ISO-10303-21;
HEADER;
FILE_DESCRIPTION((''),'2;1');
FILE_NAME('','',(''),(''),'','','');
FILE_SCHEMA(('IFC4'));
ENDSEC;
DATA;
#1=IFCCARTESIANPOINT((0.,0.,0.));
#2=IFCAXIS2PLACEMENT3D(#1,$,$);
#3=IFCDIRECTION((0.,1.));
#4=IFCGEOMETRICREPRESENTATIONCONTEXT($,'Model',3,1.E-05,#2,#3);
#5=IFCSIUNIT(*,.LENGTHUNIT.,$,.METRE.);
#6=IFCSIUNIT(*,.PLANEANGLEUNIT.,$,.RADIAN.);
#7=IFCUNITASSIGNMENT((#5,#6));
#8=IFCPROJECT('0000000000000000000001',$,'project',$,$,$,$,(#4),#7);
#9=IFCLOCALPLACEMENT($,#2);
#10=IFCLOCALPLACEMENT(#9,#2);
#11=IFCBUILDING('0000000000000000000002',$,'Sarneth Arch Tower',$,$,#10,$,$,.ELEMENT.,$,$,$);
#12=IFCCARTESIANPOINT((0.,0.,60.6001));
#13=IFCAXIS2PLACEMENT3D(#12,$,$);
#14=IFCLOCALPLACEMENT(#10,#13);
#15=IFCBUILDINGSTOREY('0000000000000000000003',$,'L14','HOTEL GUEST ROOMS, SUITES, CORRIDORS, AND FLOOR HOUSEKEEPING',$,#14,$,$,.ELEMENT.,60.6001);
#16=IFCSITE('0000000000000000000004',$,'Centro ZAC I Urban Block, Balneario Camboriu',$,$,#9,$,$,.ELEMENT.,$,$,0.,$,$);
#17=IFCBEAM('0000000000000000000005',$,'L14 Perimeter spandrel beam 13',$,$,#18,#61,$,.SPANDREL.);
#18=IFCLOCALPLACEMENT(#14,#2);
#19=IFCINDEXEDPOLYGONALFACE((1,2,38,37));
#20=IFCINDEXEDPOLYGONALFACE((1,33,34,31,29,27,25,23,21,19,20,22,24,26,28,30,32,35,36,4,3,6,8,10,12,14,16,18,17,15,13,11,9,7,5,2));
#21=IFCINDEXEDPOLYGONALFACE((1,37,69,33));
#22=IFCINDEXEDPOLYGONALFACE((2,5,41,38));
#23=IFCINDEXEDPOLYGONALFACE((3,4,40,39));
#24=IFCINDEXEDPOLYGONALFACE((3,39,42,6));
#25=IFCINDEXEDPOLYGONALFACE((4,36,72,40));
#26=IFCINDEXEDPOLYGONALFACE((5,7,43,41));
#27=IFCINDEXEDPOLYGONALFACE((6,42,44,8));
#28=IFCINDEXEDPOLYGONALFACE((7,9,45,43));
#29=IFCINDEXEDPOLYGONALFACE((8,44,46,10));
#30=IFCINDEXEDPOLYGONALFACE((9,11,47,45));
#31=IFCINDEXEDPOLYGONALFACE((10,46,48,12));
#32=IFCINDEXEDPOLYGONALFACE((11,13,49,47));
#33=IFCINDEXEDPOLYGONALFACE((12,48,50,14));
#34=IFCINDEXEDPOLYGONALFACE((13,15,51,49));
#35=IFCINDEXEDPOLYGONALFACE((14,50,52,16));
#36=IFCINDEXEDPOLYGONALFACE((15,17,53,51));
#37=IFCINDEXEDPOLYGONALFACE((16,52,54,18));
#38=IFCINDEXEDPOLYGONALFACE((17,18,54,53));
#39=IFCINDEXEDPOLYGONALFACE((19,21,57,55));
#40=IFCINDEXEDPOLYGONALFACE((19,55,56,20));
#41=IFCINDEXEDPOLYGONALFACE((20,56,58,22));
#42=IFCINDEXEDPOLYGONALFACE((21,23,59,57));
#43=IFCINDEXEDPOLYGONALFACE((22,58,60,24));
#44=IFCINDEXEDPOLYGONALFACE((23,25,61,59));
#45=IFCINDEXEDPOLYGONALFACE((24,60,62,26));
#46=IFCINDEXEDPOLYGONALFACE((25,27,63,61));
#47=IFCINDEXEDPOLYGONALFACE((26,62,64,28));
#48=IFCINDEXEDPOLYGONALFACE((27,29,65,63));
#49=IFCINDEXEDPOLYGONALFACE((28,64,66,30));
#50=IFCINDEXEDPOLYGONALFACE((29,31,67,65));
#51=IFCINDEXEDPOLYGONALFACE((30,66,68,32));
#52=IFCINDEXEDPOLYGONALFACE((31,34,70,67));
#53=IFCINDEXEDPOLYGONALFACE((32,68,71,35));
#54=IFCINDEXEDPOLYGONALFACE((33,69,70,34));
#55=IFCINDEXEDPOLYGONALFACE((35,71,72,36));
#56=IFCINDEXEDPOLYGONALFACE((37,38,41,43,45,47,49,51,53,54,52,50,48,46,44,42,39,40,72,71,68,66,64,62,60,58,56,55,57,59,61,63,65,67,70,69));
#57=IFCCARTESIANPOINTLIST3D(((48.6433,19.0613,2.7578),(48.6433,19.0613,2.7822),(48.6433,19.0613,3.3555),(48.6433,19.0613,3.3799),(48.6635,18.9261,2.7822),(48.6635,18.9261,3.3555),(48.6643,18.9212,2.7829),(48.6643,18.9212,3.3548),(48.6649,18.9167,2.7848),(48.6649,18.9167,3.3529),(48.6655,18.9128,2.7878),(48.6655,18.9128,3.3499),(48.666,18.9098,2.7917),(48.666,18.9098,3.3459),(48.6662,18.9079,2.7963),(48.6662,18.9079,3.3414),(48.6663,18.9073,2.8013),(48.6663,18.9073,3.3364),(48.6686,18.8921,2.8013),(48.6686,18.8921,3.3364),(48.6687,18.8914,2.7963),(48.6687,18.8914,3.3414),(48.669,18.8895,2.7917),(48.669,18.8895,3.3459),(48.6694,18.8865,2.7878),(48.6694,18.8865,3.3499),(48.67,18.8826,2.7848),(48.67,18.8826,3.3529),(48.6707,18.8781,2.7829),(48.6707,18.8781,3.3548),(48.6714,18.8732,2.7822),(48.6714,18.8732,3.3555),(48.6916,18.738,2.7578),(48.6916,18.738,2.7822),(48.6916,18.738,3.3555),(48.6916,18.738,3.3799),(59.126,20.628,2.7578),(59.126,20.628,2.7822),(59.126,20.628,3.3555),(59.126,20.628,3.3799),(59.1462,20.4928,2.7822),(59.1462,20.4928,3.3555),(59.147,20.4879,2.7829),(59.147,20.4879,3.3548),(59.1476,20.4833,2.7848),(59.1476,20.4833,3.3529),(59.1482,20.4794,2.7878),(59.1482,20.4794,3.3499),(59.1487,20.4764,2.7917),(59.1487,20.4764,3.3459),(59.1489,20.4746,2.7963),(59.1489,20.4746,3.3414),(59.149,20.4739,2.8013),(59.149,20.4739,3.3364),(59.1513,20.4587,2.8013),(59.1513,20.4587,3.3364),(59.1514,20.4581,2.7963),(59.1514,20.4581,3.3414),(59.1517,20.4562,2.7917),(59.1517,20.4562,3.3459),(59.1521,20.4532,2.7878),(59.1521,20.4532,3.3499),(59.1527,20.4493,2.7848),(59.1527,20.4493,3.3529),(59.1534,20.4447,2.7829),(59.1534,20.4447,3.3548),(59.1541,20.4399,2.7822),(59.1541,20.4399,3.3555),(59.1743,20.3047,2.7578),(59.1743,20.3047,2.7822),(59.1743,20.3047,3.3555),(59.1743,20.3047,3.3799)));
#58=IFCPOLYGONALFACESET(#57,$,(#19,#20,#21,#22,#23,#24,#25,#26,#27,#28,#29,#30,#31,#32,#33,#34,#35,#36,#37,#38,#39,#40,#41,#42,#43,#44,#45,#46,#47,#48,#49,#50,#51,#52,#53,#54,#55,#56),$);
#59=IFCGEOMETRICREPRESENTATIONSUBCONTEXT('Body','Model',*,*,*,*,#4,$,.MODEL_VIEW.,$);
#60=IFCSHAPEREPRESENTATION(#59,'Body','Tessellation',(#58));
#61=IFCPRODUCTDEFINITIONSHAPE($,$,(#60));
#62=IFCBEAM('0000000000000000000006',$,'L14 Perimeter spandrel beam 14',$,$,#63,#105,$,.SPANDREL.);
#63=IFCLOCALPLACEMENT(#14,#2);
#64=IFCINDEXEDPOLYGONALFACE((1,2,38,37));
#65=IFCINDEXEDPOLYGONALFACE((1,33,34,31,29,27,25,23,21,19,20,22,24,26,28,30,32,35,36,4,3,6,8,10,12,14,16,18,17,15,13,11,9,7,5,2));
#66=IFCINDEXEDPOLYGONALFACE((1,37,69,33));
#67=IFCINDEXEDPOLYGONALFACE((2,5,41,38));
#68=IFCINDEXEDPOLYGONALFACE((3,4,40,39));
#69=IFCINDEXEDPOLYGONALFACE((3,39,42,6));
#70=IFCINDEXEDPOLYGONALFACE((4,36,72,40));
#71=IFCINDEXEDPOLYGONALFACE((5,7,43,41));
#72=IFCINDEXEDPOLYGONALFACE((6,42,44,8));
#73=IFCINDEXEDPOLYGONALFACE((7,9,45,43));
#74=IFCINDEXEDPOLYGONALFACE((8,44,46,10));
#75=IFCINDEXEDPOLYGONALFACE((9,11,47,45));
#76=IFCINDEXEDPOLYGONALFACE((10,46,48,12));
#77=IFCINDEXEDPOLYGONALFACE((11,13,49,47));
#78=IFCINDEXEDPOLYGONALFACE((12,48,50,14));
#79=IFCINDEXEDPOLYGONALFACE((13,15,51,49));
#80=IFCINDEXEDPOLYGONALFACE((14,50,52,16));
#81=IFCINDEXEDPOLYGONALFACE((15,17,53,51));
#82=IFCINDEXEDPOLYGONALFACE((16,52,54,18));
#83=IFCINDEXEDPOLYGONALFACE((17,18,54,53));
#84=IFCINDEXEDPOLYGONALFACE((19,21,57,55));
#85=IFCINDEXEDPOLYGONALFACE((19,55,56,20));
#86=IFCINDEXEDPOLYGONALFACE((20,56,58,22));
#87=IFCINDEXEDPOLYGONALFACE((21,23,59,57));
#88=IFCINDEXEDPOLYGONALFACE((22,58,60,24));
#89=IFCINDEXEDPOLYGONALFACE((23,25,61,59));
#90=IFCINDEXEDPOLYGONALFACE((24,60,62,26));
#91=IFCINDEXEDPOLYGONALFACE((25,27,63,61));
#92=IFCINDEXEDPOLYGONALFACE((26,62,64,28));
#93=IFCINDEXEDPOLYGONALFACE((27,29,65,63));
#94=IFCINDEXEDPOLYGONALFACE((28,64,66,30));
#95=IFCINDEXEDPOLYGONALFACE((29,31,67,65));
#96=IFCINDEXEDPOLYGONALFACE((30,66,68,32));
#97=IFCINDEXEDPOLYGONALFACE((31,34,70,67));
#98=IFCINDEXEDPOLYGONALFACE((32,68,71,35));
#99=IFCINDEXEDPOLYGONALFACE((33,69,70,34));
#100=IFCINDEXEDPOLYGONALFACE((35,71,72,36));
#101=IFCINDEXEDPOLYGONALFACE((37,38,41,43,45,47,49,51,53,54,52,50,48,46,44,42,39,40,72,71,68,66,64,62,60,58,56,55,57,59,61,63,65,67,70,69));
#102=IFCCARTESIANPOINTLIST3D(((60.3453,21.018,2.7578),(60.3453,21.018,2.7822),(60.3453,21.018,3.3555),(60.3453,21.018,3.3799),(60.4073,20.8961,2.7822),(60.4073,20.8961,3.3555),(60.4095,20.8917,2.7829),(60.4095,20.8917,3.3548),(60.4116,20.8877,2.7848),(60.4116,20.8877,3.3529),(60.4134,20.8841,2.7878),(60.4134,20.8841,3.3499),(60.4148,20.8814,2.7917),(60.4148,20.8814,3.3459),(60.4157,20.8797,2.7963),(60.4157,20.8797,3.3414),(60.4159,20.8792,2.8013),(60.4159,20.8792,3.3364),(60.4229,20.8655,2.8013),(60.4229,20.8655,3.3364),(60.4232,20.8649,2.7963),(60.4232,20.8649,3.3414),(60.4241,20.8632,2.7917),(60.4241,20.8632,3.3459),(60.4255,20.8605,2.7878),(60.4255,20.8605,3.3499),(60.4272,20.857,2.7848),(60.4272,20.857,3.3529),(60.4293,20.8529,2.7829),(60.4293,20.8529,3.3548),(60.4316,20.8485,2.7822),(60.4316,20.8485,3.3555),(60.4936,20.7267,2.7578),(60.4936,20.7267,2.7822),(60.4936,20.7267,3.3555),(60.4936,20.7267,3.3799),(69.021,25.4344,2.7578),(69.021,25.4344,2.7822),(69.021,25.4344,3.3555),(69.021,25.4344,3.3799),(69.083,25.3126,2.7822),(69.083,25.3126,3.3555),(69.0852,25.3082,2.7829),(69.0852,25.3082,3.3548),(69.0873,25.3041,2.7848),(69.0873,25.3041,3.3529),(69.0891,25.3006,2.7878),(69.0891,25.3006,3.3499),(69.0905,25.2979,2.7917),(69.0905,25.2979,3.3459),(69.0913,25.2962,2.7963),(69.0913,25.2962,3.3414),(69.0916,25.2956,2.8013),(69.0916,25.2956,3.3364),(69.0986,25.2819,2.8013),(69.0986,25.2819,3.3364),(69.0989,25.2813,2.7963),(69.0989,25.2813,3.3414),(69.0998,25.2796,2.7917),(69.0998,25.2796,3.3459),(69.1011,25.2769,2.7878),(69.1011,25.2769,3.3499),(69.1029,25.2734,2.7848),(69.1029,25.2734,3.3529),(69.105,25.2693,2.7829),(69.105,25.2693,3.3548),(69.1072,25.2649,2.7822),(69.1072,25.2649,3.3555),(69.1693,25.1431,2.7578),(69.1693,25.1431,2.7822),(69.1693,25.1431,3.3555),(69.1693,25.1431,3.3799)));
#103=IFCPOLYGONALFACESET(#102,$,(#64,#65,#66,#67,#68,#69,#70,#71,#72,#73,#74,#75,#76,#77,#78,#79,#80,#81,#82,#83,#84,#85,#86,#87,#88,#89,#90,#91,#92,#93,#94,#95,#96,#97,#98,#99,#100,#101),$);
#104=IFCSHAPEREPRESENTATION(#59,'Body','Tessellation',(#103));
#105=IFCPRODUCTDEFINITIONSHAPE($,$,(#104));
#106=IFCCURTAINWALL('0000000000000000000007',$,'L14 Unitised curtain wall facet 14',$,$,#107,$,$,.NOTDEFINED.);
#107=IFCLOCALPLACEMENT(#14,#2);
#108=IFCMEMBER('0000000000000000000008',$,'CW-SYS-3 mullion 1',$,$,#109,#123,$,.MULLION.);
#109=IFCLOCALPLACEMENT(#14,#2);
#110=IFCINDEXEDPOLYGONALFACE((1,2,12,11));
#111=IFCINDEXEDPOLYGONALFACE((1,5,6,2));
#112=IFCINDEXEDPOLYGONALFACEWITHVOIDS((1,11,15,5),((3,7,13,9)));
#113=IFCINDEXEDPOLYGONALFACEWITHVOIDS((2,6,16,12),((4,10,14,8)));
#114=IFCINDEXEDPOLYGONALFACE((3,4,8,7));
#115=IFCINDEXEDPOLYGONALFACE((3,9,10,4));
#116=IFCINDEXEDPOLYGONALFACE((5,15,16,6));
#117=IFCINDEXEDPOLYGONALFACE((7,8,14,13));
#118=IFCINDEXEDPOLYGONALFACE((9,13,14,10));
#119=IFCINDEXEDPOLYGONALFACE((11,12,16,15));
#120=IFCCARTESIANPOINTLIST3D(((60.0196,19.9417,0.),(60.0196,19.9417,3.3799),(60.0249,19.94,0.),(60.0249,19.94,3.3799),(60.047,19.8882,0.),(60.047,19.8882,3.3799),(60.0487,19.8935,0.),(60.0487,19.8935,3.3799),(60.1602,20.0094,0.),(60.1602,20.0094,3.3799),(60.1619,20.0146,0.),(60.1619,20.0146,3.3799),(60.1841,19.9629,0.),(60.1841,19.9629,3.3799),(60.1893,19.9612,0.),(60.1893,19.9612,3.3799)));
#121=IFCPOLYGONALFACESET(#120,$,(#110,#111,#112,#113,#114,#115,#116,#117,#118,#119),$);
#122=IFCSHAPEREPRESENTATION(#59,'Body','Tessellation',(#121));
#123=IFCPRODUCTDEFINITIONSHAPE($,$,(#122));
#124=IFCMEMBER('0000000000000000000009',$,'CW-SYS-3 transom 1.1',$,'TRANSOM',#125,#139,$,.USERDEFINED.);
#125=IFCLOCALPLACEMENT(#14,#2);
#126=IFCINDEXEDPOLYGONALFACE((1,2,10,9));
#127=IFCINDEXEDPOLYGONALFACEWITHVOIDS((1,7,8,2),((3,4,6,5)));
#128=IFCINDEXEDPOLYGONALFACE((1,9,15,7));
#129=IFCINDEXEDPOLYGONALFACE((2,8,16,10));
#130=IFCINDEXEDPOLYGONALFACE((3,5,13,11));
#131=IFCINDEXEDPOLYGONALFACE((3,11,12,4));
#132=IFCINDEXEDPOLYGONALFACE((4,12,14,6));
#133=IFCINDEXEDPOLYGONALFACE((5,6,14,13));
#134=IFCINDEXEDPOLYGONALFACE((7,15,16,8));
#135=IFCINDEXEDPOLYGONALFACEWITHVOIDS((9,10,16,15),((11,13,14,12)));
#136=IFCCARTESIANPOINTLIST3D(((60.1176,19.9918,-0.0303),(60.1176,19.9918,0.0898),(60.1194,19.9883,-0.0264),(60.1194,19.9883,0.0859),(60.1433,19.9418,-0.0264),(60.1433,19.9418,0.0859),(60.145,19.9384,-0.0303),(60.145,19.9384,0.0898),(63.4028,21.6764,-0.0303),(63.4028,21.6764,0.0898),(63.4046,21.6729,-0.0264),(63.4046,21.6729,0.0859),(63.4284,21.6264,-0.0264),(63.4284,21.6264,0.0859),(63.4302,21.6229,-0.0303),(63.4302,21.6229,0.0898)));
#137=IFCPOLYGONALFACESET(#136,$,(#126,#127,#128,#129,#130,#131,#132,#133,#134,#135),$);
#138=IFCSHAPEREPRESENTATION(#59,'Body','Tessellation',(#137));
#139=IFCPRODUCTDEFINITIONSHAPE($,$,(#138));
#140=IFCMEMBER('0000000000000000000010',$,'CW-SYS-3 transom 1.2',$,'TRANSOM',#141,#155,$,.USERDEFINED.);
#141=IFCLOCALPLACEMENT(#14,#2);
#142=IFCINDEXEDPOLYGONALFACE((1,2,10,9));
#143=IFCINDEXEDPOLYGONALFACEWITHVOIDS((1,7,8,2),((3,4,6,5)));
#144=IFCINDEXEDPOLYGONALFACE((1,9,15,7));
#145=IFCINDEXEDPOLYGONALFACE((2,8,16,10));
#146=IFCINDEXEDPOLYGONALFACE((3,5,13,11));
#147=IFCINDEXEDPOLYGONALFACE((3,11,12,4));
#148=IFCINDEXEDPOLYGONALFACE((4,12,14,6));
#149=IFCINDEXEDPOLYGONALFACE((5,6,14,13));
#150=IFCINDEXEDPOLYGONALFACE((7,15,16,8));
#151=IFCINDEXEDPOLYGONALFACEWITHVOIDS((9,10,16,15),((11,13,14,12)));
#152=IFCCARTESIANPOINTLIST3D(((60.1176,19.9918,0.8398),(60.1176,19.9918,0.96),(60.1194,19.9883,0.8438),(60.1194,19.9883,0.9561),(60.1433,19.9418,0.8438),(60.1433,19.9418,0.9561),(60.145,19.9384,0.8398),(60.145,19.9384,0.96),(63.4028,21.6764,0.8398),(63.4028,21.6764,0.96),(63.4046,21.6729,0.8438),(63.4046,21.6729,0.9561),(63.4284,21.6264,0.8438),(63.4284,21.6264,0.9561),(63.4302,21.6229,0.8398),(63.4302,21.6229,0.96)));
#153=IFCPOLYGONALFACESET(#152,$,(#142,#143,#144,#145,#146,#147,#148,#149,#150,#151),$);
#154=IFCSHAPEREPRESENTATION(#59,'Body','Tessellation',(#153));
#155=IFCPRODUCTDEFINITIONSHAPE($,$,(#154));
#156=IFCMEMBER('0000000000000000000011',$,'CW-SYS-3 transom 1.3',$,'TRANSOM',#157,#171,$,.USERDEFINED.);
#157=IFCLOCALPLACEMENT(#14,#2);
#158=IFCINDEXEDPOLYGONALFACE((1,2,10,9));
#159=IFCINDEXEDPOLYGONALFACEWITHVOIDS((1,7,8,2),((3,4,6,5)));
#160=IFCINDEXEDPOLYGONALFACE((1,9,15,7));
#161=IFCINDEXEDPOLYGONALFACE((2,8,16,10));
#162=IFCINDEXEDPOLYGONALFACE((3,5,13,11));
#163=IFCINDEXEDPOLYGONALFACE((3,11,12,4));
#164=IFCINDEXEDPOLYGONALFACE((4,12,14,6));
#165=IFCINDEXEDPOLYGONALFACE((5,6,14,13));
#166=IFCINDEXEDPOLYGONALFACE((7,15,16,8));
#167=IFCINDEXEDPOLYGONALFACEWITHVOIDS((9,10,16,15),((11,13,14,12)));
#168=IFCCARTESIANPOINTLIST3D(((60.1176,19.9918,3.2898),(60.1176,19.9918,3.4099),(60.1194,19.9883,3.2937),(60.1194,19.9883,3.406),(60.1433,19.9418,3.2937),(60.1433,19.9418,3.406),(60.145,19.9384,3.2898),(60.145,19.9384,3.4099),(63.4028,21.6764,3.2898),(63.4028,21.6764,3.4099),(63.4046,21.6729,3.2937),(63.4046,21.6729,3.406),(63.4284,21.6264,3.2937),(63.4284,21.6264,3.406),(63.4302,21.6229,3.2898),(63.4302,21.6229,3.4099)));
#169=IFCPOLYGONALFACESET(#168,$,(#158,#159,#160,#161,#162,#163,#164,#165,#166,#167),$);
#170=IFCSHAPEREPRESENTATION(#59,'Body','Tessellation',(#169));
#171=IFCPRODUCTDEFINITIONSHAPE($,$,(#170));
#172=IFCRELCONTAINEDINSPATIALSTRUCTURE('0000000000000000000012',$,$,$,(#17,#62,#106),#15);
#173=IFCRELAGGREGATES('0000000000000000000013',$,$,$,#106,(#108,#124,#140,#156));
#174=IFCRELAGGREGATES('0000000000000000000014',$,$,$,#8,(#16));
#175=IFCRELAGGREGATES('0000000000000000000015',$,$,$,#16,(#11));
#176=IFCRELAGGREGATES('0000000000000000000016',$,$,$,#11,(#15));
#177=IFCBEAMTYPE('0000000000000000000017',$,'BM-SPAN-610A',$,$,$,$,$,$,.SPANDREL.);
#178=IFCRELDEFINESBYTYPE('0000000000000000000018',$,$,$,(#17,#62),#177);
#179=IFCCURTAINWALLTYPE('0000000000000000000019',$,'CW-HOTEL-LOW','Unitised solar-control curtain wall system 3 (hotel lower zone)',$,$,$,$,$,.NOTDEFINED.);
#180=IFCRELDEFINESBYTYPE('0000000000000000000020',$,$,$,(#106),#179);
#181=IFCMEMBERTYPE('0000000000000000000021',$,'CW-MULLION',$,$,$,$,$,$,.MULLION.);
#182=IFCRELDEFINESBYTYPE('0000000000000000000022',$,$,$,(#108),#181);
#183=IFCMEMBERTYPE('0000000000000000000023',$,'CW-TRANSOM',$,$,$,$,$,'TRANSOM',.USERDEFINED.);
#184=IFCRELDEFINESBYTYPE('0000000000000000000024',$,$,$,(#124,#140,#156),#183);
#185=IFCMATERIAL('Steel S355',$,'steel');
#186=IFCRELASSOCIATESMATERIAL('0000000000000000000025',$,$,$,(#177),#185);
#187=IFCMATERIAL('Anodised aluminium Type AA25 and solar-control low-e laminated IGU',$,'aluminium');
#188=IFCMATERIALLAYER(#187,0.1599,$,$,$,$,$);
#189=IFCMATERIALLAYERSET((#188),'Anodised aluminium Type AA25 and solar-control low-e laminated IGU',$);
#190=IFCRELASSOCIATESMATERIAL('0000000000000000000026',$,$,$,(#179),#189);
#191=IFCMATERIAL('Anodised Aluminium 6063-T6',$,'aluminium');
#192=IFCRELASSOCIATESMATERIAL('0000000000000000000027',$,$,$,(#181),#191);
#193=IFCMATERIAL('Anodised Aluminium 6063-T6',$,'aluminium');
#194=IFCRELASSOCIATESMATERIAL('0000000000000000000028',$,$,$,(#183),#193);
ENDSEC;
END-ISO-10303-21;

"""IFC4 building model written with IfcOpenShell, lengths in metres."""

from ifc_helpers import new_model, si_unit, direction, frame, origin, origin_2d, place, context, subcontext, project, spatial, hollow_rectangle, i_section, extrude, material, layer, layer_set, material_profile, profile_set, type_object, element, aggregate, save


model = new_model("IFC4")

# Units and contexts
model_context = context("Model", 3, precision=1e-05, world=origin(), true_north=direction((0.0, 1.0)))
body_context = subcontext(model_context, "Body", "Model", "MODEL_VIEW")
ifc_project = project(units=[si_unit("LENGTHUNIT", "METRE"), si_unit("PLANEANGLEUNIT", "RADIAN")], contexts=[model_context])

# Site, building, storey
site_placement = place(None, origin())
site = spatial("IfcSite", under=ifc_project, at=site_placement, Name="Centro ZAC I Urban Block, Balneario Camboriu", CompositionType="ELEMENT", RefElevation=0.0)
building_placement = place(site_placement, origin())
building = spatial("IfcBuilding", under=site, at=building_placement, Name="Sarneth Arch Tower", CompositionType="ELEMENT")
storey_placement = place(building_placement, frame((0.0, 0.0, 60.6001)))
storey = spatial("IfcBuildingStorey", under=building, at=storey_placement, Name="L14", Description="HOTEL GUEST ROOMS, SUITES, CORRIDORS, AND FLOOR HOUSEKEEPING", CompositionType="ELEMENT", Elevation=60.6001)

# Beams
ifc_material_1 = material(Name="Steel S355", Category="steel")
ifc_material_profile_1 = material_profile(ifc_material_1, i_section(OverallWidth=0.3269, OverallDepth=0.6221, WebThickness=0.0154, FlangeThickness=0.0244, FilletRadius=0.019, at=origin_2d()), Name="W610x195")
ifc_profile_set_1 = profile_set([ifc_material_profile_1], Name="Steel S355")
beam_type_1 = type_object("IfcBeamType", Name="BM-SPAN-610A", PredefinedType="SPANDREL", material=ifc_profile_set_1)
beam_1_placement = place(storey_placement, frame((48.6675, 18.8997, 3.0688), z_axis=(0.989016, 0.14781, 0.0), x_axis=(-0.14781, 0.989016, 0.0)))
element("IfcBeam", 1, at=beam_1_placement, inside=storey, type_object=beam_type_1, Name="L14 Perimeter spandrel beam 13", PredefinedType="SPANDREL", context=body_context, shape_type="SweptSolid", body=[
    extrude(i_section(OverallWidth=0.3269, OverallDepth=0.6221, WebThickness=0.0154, FlangeThickness=0.0244, FilletRadius=0.019, at=origin_2d()), origin(), (0.0, 0.0, 1.0), 10.5991),
])
beam_2_placement = place(storey_placement, frame((60.4194, 20.8723, 3.0688), z_axis=(0.891174, 0.453662, 0.0), x_axis=(-0.453662, 0.891174, 0.0)))
element("IfcBeam", 2, at=beam_2_placement, inside=storey, type_object=beam_type_1, Name="L14 Perimeter spandrel beam 14", PredefinedType="SPANDREL", context=body_context, shape_type="SweptSolid", body=[
    extrude(i_section(OverallWidth=0.3269, OverallDepth=0.6221, WebThickness=0.0154, FlangeThickness=0.0244, FilletRadius=0.019, at=origin_2d()), origin(), (0.0, 0.0, 1.0), 9.7351),
])

# Curtain wall, members
ifc_material_2 = material(Name="Anodised aluminium Type AA25 and solar-control low-e laminated IGU", Category="aluminium")
ifc_layer_1 = layer(ifc_material_2, 0.1599)
ifc_layer_set_1 = layer_set([ifc_layer_1], Name="Anodised aluminium Type AA25 and solar-control low-e laminated IGU")
curtain_wall_type = type_object("IfcCurtainWallType", Name="CW-HOTEL-LOW", Description="Unitised solar-control curtain wall system 3 (hotel lower zone)", PredefinedType="NOTDEFINED", material=ifc_layer_set_1)
curtain_wall_placement = place(storey_placement, origin())
curtain_wall = element("IfcCurtainWall", 3, at=curtain_wall_placement, inside=storey, type_object=curtain_wall_type, Name="L14 Unitised curtain wall facet 14", PredefinedType="NOTDEFINED")
ifc_material_3 = material(Name="Anodised Aluminium 6063-T6", Category="aluminium")
ifc_material_profile_2 = material_profile(ifc_material_3, hollow_rectangle(XDim=0.0601, YDim=0.1599, WallThickness=0.0039, at=origin_2d()), Name="AL-MULL-160x60x4")
ifc_profile_set_2 = profile_set([ifc_material_profile_2], Name="Anodised Aluminium 6063-T6")
member_type_1 = type_object("IfcMemberType", Name="CW-MULLION", PredefinedType="MULLION", material=ifc_profile_set_2)
member_1_placement = place(storey_placement, frame((60.1045, 19.9514, 0.0), z_axis=(0.0, 0.0, 1.0), x_axis=(-0.456245, 0.889854, 0.0)))
member_1 = element("IfcMember", 4, at=member_1_placement, type_object=member_type_1, Name="CW-SYS-3 mullion 1", PredefinedType="MULLION", context=body_context, shape_type="SweptSolid", body=[
    extrude(hollow_rectangle(XDim=0.0601, YDim=0.1599, WallThickness=0.0039, at=origin_2d()), origin(), (0.0, 0.0, 1.0), 3.3799),
])
ifc_material_4 = material(Name="Anodised Aluminium 6063-T6", Category="aluminium")
ifc_material_profile_3 = material_profile(ifc_material_4, hollow_rectangle(XDim=0.0601, YDim=0.1201, WallThickness=0.0039, at=origin_2d()), Name="AL-TRAN-120x60x4")
ifc_profile_set_3 = profile_set([ifc_material_profile_3], Name="Anodised Aluminium 6063-T6")
member_type_2 = type_object("IfcMemberType", Name="CW-TRANSOM", ElementType="TRANSOM", PredefinedType="USERDEFINED", material=ifc_profile_set_3)
member_2_placement = place(storey_placement, frame((60.1313, 19.9651, 0.0298), z_axis=(0.889831, 0.45629, 0.0), x_axis=(-0.45629, 0.889831, 0.0)))
member_2 = element("IfcMember", 5, at=member_2_placement, type_object=member_type_2, Name="CW-SYS-3 transom 1.1", ObjectType="TRANSOM", PredefinedType="USERDEFINED", context=body_context, shape_type="SweptSolid", body=[
    extrude(hollow_rectangle(XDim=0.0601, YDim=0.1201, WallThickness=0.0039, at=origin_2d()), origin(), (0.0, 0.0, 1.0), 3.6919),
])
member_3_placement = place(storey_placement, frame((60.1313, 19.9651, 0.8999), z_axis=(0.889831, 0.45629, 0.0), x_axis=(-0.45629, 0.889831, 0.0)))
member_3 = element("IfcMember", 6, at=member_3_placement, type_object=member_type_2, Name="CW-SYS-3 transom 1.2", ObjectType="TRANSOM", PredefinedType="USERDEFINED", context=body_context, shape_type="SweptSolid", body=[
    extrude(hollow_rectangle(XDim=0.0601, YDim=0.1201, WallThickness=0.0039, at=origin_2d()), origin(), (0.0, 0.0, 1.0), 3.6919),
])
member_4_placement = place(storey_placement, frame((60.1313, 19.9651, 3.3499), z_axis=(0.889831, 0.45629, 0.0), x_axis=(-0.45629, 0.889831, 0.0)))
member_4 = element("IfcMember", 7, at=member_4_placement, type_object=member_type_2, Name="CW-SYS-3 transom 1.3", ObjectType="TRANSOM", PredefinedType="USERDEFINED", context=body_context, shape_type="SweptSolid", body=[
    extrude(hollow_rectangle(XDim=0.0601, YDim=0.1201, WallThickness=0.0039, at=origin_2d()), origin(), (0.0, 0.0, 1.0), 3.6919),
])
aggregate(curtain_wall, [member_1, member_2, member_3, member_4])

save(model, "model.ifc")
